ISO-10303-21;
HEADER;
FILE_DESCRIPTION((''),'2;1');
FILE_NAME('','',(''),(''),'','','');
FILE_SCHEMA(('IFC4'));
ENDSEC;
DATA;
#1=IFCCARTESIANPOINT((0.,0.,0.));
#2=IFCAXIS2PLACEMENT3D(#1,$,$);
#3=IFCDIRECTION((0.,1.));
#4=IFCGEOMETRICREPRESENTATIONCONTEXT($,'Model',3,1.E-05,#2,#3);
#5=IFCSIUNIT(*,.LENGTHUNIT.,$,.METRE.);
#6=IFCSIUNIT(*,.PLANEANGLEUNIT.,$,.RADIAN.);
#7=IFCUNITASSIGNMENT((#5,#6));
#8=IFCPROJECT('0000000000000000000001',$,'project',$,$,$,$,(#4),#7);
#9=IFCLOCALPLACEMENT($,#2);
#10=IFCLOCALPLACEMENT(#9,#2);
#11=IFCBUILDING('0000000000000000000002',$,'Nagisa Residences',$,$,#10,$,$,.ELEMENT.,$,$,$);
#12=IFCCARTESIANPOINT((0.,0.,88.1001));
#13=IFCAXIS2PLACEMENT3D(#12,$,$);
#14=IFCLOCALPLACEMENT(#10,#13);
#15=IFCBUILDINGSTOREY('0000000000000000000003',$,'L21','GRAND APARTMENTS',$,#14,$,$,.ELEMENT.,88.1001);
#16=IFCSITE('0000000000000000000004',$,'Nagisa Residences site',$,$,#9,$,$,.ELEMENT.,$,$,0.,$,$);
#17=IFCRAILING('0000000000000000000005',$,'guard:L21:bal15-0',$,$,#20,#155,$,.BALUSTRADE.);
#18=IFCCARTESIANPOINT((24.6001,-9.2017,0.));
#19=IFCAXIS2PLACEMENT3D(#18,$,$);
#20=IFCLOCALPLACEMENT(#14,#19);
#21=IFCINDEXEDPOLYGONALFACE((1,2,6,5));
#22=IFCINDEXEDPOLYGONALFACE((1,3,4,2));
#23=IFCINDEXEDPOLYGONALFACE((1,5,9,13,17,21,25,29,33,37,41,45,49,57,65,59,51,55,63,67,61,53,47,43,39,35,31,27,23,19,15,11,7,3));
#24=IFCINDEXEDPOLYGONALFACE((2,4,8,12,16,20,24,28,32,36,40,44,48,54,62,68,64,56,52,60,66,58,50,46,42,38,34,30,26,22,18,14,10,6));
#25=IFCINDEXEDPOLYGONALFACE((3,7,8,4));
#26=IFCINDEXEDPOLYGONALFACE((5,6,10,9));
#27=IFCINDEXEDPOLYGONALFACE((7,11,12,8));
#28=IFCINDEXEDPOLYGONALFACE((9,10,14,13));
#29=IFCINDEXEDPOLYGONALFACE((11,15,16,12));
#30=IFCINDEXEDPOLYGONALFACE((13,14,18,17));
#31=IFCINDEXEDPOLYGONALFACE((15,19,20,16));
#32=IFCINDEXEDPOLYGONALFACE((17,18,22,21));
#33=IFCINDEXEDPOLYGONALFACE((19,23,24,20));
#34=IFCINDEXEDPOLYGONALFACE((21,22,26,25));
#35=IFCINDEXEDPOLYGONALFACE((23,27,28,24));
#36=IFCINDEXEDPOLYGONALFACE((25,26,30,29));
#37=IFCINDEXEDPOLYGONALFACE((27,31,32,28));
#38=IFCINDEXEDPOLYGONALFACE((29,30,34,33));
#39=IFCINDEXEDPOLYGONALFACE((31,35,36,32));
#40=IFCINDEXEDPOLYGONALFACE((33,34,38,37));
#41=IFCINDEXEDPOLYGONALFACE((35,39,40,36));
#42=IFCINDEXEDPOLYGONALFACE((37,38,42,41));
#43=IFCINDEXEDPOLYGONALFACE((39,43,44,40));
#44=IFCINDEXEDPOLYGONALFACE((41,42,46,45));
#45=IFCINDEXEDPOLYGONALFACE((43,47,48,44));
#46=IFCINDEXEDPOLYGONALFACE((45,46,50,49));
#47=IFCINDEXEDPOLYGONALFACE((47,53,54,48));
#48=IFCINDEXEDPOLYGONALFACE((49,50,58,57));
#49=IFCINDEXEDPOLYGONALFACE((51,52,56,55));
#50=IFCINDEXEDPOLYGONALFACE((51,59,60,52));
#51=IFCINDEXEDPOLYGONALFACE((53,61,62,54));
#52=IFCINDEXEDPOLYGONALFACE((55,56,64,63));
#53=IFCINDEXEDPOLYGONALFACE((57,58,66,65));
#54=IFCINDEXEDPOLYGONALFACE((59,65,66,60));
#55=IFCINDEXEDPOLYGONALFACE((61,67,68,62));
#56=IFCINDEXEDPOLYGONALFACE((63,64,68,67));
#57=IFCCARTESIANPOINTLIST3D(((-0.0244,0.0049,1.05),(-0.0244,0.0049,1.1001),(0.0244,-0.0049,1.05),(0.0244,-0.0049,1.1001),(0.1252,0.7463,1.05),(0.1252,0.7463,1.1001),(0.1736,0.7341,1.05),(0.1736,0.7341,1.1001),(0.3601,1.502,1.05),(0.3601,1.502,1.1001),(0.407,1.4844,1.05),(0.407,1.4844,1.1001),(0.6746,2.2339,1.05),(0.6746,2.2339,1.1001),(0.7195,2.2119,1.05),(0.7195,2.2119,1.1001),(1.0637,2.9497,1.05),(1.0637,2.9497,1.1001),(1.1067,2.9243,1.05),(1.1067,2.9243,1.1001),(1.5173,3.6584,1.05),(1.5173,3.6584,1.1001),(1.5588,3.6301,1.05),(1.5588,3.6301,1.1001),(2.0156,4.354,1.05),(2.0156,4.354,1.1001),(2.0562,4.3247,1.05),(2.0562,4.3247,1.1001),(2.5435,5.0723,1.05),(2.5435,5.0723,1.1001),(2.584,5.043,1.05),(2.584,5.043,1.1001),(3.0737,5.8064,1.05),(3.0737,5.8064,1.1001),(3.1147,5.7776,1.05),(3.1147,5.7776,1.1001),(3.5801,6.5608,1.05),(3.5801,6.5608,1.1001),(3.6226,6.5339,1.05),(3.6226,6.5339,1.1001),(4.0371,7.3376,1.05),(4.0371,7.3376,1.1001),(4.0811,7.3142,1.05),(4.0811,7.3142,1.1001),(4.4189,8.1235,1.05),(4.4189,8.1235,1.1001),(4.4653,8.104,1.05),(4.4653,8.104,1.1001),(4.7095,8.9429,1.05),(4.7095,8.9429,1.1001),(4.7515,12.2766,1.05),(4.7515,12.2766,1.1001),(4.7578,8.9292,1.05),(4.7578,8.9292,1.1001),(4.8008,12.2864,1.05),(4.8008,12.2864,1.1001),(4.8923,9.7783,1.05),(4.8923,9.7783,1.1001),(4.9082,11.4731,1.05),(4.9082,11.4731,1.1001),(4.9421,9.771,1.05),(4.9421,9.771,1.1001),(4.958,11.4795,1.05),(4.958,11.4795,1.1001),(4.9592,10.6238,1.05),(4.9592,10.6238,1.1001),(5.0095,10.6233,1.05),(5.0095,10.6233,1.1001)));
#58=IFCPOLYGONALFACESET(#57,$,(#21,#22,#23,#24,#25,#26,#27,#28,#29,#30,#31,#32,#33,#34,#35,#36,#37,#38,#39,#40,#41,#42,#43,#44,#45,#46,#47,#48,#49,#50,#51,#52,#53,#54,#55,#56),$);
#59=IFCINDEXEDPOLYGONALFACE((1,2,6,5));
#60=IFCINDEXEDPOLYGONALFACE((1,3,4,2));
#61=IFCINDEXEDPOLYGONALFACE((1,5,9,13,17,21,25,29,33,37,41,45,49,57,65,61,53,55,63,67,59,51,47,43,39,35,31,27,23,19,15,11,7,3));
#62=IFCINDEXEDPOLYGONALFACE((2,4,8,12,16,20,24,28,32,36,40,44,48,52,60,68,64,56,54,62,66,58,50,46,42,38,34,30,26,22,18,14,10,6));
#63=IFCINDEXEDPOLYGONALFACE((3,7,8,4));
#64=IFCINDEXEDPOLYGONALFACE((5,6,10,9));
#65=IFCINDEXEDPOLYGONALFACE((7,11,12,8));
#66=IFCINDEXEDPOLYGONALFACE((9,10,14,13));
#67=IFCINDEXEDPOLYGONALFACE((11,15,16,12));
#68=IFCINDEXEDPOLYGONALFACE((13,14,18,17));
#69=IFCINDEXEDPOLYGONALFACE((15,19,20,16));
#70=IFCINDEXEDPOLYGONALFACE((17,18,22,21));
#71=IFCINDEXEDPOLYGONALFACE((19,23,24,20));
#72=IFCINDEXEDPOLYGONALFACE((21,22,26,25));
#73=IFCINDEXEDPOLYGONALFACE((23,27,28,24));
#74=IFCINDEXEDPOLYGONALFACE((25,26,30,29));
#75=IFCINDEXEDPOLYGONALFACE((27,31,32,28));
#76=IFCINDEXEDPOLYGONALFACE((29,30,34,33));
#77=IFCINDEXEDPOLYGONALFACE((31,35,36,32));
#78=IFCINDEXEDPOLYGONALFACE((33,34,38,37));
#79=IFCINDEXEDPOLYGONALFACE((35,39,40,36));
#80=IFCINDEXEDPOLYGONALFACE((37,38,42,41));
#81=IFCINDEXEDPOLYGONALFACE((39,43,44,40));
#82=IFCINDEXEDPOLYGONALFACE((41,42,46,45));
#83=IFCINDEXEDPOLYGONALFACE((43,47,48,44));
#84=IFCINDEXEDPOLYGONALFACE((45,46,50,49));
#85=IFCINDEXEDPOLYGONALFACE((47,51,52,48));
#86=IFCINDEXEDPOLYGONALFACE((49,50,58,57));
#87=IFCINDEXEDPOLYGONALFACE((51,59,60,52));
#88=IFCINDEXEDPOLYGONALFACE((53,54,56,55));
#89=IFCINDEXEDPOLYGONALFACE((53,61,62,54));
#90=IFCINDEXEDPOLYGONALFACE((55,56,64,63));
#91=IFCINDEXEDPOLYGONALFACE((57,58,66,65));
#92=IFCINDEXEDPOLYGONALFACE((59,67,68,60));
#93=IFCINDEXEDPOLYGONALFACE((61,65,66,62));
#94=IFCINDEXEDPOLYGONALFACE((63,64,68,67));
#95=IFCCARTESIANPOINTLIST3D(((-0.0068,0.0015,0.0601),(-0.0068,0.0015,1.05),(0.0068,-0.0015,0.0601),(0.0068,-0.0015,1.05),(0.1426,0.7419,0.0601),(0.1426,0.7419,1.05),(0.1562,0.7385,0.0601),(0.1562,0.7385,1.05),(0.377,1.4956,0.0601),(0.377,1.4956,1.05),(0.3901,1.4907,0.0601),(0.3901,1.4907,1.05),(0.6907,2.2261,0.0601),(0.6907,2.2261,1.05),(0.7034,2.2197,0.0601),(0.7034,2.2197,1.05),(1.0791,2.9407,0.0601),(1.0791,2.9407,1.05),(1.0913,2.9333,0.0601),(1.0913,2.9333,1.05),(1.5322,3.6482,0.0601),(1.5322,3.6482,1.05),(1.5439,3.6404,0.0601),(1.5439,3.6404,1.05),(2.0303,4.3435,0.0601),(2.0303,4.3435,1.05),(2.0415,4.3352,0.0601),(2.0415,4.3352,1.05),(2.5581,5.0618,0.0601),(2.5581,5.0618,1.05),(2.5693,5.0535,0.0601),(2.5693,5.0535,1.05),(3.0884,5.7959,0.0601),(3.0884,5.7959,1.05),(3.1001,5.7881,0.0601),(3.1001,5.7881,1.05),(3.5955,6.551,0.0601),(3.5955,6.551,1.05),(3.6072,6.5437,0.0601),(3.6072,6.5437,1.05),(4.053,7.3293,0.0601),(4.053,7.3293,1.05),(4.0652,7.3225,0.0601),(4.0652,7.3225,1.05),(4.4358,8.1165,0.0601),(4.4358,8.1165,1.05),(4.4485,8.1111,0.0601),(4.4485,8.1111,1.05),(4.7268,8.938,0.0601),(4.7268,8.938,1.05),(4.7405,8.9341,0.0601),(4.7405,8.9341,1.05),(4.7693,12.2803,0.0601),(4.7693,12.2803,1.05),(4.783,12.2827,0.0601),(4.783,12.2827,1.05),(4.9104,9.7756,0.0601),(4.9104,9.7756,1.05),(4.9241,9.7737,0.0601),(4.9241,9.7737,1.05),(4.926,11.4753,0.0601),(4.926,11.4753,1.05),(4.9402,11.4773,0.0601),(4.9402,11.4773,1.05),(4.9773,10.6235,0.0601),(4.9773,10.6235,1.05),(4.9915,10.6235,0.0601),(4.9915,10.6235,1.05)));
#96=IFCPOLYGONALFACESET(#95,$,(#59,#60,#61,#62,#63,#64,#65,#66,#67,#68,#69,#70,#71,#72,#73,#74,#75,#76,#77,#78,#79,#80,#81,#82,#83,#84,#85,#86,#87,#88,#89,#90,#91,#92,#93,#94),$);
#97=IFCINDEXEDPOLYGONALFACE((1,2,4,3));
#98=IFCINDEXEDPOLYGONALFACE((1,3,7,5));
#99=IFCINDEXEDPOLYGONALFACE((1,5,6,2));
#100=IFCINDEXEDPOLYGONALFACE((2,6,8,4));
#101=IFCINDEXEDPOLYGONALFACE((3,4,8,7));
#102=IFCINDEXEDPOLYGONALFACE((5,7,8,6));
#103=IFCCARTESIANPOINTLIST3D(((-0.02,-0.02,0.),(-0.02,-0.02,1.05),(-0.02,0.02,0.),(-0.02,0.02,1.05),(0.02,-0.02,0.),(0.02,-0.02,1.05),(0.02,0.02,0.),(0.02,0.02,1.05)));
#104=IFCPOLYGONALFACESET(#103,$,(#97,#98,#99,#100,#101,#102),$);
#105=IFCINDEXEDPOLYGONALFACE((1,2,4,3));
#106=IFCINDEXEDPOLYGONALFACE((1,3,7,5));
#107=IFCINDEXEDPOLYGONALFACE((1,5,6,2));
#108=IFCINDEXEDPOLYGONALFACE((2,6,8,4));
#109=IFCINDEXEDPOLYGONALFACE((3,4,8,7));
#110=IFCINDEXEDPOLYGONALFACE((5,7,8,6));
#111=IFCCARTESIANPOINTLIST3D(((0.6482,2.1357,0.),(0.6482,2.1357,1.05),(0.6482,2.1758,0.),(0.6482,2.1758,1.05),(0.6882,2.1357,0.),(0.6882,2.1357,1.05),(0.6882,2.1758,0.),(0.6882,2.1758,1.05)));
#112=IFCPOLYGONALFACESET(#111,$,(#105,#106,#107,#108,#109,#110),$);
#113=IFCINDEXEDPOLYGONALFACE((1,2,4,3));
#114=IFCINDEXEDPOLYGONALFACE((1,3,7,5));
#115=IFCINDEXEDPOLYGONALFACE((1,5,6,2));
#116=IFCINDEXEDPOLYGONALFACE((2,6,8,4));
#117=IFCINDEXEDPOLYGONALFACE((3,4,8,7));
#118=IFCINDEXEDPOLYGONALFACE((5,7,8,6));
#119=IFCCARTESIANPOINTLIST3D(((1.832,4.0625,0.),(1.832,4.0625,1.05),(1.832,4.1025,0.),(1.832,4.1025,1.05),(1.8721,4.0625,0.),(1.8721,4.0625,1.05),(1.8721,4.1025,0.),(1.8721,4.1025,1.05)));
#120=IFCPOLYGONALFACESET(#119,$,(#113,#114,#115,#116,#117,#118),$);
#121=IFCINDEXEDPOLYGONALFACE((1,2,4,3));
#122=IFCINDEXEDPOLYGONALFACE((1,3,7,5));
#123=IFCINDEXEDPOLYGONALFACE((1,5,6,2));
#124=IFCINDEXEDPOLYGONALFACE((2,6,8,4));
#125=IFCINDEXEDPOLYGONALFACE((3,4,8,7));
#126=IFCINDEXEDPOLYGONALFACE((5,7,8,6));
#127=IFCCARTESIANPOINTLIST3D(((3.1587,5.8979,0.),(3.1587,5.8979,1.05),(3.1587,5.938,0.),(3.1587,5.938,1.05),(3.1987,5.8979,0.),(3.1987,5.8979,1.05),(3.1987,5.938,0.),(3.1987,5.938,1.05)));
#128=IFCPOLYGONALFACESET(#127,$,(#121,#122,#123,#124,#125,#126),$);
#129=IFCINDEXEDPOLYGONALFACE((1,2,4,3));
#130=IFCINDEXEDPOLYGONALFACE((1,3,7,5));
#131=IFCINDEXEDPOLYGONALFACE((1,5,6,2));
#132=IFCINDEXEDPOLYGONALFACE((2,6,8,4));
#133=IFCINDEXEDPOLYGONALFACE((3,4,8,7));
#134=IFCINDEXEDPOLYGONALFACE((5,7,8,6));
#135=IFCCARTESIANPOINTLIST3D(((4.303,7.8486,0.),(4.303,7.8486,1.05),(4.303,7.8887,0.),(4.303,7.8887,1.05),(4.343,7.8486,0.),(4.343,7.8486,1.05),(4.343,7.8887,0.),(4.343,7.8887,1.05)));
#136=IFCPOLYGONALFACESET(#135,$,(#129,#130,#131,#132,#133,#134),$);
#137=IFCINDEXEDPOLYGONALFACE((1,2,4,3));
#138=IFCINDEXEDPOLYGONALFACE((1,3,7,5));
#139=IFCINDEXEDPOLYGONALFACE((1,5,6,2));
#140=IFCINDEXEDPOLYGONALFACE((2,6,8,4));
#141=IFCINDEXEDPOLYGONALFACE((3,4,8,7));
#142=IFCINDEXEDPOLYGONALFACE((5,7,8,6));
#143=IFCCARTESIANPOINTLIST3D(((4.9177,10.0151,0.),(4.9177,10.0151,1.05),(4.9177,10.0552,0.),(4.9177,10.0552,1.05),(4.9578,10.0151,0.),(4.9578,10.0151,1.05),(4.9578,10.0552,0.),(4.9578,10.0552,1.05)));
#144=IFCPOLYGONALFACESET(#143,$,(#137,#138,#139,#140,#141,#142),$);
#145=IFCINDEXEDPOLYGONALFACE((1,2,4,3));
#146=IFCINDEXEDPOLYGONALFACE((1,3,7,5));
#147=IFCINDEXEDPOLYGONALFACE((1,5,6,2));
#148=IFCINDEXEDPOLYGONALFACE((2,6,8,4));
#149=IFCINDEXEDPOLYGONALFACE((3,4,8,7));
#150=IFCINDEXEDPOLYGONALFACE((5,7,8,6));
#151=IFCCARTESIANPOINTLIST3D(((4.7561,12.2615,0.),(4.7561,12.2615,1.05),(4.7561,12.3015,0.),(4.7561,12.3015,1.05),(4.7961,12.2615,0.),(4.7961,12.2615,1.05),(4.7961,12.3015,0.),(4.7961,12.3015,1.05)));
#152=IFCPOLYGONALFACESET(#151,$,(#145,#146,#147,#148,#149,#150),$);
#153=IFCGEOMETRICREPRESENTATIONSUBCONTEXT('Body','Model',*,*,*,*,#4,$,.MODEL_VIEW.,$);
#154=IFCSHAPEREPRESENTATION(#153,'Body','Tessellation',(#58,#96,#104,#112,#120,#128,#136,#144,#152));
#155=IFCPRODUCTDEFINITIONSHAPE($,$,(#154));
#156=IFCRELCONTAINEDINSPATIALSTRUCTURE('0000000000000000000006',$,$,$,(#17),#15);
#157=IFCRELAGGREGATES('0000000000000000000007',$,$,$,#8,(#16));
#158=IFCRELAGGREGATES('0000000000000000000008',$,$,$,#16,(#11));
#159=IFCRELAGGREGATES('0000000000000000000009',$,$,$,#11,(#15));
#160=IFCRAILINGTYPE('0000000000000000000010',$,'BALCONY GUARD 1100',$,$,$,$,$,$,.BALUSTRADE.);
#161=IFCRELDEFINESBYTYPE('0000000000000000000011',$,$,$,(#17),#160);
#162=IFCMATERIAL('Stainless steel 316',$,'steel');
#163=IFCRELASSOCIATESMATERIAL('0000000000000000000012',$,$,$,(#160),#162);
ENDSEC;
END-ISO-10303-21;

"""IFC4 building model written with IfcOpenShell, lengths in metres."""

from ifc_helpers import new_model, si_unit, direction, frame, origin, origin_2d, place, context, subcontext, project, spatial, polyline, rectangle, outline, extrude, material, type_object, element, save


model = new_model("IFC4")

# Units and contexts
model_context = context("Model", 3, precision=1e-05, world=origin(), true_north=direction((0.0, 1.0)))
body_context = subcontext(model_context, "Body", "Model", "MODEL_VIEW")
ifc_project = project(units=[si_unit("LENGTHUNIT", "METRE"), si_unit("PLANEANGLEUNIT", "RADIAN")], contexts=[model_context])

# Site, building, storey
site_placement = place(None, origin())
site = spatial("IfcSite", under=ifc_project, at=site_placement, Name="Nagisa Residences site", CompositionType="ELEMENT", RefElevation=0.0)
building_placement = place(site_placement, origin())
building = spatial("IfcBuilding", under=site, at=building_placement, Name="Nagisa Residences", CompositionType="ELEMENT")
storey_placement = place(building_placement, frame((0.0, 0.0, 88.1001)))
storey = spatial("IfcBuildingStorey", under=building, at=storey_placement, Name="L21", Description="GRAND APARTMENTS", CompositionType="ELEMENT", Elevation=88.1001)

# Railing
ifc_material_1 = material(Name="Stainless steel 316", Category="steel")
railing_type_1 = type_object("IfcRailingType", Name="BALCONY GUARD 1100", PredefinedType="BALUSTRADE", material=ifc_material_1)
railing_1_placement = place(storey_placement, frame((24.6001, -9.2017, 0.0)))
element("IfcRailing", 1, at=railing_1_placement, inside=storey, type_object=railing_type_1, Name="guard:L21:bal15-0", PredefinedType="BALUSTRADE", context=body_context, shape_type="SweptSolid", body=[
    extrude(outline(polyline([(0.1252, 0.7463), (-0.0244, 0.0049), (0.0244, -0.0049), (0.1736, 0.7341), (0.407, 1.4844), (0.7195, 2.2119), (1.1067, 2.9243), (1.5588, 3.6301), (2.0562, 4.3247), (2.584, 5.043), (3.1147, 5.7776), (3.6226, 6.5339), (4.0811, 7.3142), (4.4653, 8.104), (4.7578, 8.9292), (4.9421, 9.771), (5.0095, 10.6233), (4.958, 11.4795), (4.8008, 12.2864), (4.7515, 12.2766), (4.9082, 11.4731), (4.9592, 10.6238), (4.8923, 9.7783), (4.7095, 8.9429), (4.4189, 8.1235), (4.0371, 7.3376), (3.5801, 6.5608), (3.0737, 5.8064), (2.5435, 5.0723), (2.0156, 4.354), (1.5173, 3.6584), (1.0637, 2.9497), (0.6746, 2.2339), (0.3601, 1.502), (0.1252, 0.7463)])), frame((0.0, 0.0, 1.05)), (0.0, 0.0, 1.0), 0.05),
    extrude(outline(polyline([(0.1426, 0.7419), (-0.0068, 0.0015), (0.0068, -0.0015), (0.1562, 0.7385), (0.3901, 1.4907), (0.7034, 2.2197), (1.0913, 2.9333), (1.5439, 3.6404), (2.0415, 4.3352), (2.5693, 5.0535), (3.1001, 5.7881), (3.6072, 6.5437), (4.0652, 7.3225), (4.4485, 8.1111), (4.7405, 8.9341), (4.9241, 9.7737), (4.9915, 10.6235), (4.9402, 11.4773), (4.783, 12.2827), (4.7693, 12.2803), (4.926, 11.4753), (4.9773, 10.6235), (4.9104, 9.7756), (4.7268, 8.938), (4.4358, 8.1165), (4.053, 7.3293), (3.5955, 6.551), (3.0884, 5.7959), (2.5581, 5.0618), (2.0303, 4.3435), (1.5322, 3.6482), (1.0791, 2.9407), (0.6907, 2.2261), (0.377, 1.4956), (0.1426, 0.7419)])), frame((0.0, 0.0, 0.0601)), (0.0, 0.0, 1.0), 0.99),
    extrude(rectangle(XDim=0.04, YDim=0.04, at=origin_2d()), origin(), (0.0, 0.0, 1.0), 1.05),
    extrude(rectangle(XDim=0.04, YDim=0.04, at=origin_2d()), frame((0.6682, 2.1558, 0.0)), (0.0, 0.0, 1.0), 1.05),
    extrude(rectangle(XDim=0.04, YDim=0.04, at=origin_2d()), frame((1.8521, 4.0825, 0.0)), (0.0, 0.0, 1.0), 1.05),
    extrude(rectangle(XDim=0.04, YDim=0.04, at=origin_2d()), frame((3.1787, 5.918, 0.0)), (0.0, 0.0, 1.0), 1.05),
    extrude(rectangle(XDim=0.04, YDim=0.04, at=origin_2d()), frame((4.323, 7.8687, 0.0)), (0.0, 0.0, 1.0), 1.05),
    extrude(rectangle(XDim=0.04, YDim=0.04, at=origin_2d()), frame((4.9377, 10.0352, 0.0)), (0.0, 0.0, 1.0), 1.05),
    extrude(rectangle(XDim=0.04, YDim=0.04, at=origin_2d()), frame((4.7761, 12.2815, 0.0)), (0.0, 0.0, 1.0), 1.05),
])

save(model, "model.ifc")
